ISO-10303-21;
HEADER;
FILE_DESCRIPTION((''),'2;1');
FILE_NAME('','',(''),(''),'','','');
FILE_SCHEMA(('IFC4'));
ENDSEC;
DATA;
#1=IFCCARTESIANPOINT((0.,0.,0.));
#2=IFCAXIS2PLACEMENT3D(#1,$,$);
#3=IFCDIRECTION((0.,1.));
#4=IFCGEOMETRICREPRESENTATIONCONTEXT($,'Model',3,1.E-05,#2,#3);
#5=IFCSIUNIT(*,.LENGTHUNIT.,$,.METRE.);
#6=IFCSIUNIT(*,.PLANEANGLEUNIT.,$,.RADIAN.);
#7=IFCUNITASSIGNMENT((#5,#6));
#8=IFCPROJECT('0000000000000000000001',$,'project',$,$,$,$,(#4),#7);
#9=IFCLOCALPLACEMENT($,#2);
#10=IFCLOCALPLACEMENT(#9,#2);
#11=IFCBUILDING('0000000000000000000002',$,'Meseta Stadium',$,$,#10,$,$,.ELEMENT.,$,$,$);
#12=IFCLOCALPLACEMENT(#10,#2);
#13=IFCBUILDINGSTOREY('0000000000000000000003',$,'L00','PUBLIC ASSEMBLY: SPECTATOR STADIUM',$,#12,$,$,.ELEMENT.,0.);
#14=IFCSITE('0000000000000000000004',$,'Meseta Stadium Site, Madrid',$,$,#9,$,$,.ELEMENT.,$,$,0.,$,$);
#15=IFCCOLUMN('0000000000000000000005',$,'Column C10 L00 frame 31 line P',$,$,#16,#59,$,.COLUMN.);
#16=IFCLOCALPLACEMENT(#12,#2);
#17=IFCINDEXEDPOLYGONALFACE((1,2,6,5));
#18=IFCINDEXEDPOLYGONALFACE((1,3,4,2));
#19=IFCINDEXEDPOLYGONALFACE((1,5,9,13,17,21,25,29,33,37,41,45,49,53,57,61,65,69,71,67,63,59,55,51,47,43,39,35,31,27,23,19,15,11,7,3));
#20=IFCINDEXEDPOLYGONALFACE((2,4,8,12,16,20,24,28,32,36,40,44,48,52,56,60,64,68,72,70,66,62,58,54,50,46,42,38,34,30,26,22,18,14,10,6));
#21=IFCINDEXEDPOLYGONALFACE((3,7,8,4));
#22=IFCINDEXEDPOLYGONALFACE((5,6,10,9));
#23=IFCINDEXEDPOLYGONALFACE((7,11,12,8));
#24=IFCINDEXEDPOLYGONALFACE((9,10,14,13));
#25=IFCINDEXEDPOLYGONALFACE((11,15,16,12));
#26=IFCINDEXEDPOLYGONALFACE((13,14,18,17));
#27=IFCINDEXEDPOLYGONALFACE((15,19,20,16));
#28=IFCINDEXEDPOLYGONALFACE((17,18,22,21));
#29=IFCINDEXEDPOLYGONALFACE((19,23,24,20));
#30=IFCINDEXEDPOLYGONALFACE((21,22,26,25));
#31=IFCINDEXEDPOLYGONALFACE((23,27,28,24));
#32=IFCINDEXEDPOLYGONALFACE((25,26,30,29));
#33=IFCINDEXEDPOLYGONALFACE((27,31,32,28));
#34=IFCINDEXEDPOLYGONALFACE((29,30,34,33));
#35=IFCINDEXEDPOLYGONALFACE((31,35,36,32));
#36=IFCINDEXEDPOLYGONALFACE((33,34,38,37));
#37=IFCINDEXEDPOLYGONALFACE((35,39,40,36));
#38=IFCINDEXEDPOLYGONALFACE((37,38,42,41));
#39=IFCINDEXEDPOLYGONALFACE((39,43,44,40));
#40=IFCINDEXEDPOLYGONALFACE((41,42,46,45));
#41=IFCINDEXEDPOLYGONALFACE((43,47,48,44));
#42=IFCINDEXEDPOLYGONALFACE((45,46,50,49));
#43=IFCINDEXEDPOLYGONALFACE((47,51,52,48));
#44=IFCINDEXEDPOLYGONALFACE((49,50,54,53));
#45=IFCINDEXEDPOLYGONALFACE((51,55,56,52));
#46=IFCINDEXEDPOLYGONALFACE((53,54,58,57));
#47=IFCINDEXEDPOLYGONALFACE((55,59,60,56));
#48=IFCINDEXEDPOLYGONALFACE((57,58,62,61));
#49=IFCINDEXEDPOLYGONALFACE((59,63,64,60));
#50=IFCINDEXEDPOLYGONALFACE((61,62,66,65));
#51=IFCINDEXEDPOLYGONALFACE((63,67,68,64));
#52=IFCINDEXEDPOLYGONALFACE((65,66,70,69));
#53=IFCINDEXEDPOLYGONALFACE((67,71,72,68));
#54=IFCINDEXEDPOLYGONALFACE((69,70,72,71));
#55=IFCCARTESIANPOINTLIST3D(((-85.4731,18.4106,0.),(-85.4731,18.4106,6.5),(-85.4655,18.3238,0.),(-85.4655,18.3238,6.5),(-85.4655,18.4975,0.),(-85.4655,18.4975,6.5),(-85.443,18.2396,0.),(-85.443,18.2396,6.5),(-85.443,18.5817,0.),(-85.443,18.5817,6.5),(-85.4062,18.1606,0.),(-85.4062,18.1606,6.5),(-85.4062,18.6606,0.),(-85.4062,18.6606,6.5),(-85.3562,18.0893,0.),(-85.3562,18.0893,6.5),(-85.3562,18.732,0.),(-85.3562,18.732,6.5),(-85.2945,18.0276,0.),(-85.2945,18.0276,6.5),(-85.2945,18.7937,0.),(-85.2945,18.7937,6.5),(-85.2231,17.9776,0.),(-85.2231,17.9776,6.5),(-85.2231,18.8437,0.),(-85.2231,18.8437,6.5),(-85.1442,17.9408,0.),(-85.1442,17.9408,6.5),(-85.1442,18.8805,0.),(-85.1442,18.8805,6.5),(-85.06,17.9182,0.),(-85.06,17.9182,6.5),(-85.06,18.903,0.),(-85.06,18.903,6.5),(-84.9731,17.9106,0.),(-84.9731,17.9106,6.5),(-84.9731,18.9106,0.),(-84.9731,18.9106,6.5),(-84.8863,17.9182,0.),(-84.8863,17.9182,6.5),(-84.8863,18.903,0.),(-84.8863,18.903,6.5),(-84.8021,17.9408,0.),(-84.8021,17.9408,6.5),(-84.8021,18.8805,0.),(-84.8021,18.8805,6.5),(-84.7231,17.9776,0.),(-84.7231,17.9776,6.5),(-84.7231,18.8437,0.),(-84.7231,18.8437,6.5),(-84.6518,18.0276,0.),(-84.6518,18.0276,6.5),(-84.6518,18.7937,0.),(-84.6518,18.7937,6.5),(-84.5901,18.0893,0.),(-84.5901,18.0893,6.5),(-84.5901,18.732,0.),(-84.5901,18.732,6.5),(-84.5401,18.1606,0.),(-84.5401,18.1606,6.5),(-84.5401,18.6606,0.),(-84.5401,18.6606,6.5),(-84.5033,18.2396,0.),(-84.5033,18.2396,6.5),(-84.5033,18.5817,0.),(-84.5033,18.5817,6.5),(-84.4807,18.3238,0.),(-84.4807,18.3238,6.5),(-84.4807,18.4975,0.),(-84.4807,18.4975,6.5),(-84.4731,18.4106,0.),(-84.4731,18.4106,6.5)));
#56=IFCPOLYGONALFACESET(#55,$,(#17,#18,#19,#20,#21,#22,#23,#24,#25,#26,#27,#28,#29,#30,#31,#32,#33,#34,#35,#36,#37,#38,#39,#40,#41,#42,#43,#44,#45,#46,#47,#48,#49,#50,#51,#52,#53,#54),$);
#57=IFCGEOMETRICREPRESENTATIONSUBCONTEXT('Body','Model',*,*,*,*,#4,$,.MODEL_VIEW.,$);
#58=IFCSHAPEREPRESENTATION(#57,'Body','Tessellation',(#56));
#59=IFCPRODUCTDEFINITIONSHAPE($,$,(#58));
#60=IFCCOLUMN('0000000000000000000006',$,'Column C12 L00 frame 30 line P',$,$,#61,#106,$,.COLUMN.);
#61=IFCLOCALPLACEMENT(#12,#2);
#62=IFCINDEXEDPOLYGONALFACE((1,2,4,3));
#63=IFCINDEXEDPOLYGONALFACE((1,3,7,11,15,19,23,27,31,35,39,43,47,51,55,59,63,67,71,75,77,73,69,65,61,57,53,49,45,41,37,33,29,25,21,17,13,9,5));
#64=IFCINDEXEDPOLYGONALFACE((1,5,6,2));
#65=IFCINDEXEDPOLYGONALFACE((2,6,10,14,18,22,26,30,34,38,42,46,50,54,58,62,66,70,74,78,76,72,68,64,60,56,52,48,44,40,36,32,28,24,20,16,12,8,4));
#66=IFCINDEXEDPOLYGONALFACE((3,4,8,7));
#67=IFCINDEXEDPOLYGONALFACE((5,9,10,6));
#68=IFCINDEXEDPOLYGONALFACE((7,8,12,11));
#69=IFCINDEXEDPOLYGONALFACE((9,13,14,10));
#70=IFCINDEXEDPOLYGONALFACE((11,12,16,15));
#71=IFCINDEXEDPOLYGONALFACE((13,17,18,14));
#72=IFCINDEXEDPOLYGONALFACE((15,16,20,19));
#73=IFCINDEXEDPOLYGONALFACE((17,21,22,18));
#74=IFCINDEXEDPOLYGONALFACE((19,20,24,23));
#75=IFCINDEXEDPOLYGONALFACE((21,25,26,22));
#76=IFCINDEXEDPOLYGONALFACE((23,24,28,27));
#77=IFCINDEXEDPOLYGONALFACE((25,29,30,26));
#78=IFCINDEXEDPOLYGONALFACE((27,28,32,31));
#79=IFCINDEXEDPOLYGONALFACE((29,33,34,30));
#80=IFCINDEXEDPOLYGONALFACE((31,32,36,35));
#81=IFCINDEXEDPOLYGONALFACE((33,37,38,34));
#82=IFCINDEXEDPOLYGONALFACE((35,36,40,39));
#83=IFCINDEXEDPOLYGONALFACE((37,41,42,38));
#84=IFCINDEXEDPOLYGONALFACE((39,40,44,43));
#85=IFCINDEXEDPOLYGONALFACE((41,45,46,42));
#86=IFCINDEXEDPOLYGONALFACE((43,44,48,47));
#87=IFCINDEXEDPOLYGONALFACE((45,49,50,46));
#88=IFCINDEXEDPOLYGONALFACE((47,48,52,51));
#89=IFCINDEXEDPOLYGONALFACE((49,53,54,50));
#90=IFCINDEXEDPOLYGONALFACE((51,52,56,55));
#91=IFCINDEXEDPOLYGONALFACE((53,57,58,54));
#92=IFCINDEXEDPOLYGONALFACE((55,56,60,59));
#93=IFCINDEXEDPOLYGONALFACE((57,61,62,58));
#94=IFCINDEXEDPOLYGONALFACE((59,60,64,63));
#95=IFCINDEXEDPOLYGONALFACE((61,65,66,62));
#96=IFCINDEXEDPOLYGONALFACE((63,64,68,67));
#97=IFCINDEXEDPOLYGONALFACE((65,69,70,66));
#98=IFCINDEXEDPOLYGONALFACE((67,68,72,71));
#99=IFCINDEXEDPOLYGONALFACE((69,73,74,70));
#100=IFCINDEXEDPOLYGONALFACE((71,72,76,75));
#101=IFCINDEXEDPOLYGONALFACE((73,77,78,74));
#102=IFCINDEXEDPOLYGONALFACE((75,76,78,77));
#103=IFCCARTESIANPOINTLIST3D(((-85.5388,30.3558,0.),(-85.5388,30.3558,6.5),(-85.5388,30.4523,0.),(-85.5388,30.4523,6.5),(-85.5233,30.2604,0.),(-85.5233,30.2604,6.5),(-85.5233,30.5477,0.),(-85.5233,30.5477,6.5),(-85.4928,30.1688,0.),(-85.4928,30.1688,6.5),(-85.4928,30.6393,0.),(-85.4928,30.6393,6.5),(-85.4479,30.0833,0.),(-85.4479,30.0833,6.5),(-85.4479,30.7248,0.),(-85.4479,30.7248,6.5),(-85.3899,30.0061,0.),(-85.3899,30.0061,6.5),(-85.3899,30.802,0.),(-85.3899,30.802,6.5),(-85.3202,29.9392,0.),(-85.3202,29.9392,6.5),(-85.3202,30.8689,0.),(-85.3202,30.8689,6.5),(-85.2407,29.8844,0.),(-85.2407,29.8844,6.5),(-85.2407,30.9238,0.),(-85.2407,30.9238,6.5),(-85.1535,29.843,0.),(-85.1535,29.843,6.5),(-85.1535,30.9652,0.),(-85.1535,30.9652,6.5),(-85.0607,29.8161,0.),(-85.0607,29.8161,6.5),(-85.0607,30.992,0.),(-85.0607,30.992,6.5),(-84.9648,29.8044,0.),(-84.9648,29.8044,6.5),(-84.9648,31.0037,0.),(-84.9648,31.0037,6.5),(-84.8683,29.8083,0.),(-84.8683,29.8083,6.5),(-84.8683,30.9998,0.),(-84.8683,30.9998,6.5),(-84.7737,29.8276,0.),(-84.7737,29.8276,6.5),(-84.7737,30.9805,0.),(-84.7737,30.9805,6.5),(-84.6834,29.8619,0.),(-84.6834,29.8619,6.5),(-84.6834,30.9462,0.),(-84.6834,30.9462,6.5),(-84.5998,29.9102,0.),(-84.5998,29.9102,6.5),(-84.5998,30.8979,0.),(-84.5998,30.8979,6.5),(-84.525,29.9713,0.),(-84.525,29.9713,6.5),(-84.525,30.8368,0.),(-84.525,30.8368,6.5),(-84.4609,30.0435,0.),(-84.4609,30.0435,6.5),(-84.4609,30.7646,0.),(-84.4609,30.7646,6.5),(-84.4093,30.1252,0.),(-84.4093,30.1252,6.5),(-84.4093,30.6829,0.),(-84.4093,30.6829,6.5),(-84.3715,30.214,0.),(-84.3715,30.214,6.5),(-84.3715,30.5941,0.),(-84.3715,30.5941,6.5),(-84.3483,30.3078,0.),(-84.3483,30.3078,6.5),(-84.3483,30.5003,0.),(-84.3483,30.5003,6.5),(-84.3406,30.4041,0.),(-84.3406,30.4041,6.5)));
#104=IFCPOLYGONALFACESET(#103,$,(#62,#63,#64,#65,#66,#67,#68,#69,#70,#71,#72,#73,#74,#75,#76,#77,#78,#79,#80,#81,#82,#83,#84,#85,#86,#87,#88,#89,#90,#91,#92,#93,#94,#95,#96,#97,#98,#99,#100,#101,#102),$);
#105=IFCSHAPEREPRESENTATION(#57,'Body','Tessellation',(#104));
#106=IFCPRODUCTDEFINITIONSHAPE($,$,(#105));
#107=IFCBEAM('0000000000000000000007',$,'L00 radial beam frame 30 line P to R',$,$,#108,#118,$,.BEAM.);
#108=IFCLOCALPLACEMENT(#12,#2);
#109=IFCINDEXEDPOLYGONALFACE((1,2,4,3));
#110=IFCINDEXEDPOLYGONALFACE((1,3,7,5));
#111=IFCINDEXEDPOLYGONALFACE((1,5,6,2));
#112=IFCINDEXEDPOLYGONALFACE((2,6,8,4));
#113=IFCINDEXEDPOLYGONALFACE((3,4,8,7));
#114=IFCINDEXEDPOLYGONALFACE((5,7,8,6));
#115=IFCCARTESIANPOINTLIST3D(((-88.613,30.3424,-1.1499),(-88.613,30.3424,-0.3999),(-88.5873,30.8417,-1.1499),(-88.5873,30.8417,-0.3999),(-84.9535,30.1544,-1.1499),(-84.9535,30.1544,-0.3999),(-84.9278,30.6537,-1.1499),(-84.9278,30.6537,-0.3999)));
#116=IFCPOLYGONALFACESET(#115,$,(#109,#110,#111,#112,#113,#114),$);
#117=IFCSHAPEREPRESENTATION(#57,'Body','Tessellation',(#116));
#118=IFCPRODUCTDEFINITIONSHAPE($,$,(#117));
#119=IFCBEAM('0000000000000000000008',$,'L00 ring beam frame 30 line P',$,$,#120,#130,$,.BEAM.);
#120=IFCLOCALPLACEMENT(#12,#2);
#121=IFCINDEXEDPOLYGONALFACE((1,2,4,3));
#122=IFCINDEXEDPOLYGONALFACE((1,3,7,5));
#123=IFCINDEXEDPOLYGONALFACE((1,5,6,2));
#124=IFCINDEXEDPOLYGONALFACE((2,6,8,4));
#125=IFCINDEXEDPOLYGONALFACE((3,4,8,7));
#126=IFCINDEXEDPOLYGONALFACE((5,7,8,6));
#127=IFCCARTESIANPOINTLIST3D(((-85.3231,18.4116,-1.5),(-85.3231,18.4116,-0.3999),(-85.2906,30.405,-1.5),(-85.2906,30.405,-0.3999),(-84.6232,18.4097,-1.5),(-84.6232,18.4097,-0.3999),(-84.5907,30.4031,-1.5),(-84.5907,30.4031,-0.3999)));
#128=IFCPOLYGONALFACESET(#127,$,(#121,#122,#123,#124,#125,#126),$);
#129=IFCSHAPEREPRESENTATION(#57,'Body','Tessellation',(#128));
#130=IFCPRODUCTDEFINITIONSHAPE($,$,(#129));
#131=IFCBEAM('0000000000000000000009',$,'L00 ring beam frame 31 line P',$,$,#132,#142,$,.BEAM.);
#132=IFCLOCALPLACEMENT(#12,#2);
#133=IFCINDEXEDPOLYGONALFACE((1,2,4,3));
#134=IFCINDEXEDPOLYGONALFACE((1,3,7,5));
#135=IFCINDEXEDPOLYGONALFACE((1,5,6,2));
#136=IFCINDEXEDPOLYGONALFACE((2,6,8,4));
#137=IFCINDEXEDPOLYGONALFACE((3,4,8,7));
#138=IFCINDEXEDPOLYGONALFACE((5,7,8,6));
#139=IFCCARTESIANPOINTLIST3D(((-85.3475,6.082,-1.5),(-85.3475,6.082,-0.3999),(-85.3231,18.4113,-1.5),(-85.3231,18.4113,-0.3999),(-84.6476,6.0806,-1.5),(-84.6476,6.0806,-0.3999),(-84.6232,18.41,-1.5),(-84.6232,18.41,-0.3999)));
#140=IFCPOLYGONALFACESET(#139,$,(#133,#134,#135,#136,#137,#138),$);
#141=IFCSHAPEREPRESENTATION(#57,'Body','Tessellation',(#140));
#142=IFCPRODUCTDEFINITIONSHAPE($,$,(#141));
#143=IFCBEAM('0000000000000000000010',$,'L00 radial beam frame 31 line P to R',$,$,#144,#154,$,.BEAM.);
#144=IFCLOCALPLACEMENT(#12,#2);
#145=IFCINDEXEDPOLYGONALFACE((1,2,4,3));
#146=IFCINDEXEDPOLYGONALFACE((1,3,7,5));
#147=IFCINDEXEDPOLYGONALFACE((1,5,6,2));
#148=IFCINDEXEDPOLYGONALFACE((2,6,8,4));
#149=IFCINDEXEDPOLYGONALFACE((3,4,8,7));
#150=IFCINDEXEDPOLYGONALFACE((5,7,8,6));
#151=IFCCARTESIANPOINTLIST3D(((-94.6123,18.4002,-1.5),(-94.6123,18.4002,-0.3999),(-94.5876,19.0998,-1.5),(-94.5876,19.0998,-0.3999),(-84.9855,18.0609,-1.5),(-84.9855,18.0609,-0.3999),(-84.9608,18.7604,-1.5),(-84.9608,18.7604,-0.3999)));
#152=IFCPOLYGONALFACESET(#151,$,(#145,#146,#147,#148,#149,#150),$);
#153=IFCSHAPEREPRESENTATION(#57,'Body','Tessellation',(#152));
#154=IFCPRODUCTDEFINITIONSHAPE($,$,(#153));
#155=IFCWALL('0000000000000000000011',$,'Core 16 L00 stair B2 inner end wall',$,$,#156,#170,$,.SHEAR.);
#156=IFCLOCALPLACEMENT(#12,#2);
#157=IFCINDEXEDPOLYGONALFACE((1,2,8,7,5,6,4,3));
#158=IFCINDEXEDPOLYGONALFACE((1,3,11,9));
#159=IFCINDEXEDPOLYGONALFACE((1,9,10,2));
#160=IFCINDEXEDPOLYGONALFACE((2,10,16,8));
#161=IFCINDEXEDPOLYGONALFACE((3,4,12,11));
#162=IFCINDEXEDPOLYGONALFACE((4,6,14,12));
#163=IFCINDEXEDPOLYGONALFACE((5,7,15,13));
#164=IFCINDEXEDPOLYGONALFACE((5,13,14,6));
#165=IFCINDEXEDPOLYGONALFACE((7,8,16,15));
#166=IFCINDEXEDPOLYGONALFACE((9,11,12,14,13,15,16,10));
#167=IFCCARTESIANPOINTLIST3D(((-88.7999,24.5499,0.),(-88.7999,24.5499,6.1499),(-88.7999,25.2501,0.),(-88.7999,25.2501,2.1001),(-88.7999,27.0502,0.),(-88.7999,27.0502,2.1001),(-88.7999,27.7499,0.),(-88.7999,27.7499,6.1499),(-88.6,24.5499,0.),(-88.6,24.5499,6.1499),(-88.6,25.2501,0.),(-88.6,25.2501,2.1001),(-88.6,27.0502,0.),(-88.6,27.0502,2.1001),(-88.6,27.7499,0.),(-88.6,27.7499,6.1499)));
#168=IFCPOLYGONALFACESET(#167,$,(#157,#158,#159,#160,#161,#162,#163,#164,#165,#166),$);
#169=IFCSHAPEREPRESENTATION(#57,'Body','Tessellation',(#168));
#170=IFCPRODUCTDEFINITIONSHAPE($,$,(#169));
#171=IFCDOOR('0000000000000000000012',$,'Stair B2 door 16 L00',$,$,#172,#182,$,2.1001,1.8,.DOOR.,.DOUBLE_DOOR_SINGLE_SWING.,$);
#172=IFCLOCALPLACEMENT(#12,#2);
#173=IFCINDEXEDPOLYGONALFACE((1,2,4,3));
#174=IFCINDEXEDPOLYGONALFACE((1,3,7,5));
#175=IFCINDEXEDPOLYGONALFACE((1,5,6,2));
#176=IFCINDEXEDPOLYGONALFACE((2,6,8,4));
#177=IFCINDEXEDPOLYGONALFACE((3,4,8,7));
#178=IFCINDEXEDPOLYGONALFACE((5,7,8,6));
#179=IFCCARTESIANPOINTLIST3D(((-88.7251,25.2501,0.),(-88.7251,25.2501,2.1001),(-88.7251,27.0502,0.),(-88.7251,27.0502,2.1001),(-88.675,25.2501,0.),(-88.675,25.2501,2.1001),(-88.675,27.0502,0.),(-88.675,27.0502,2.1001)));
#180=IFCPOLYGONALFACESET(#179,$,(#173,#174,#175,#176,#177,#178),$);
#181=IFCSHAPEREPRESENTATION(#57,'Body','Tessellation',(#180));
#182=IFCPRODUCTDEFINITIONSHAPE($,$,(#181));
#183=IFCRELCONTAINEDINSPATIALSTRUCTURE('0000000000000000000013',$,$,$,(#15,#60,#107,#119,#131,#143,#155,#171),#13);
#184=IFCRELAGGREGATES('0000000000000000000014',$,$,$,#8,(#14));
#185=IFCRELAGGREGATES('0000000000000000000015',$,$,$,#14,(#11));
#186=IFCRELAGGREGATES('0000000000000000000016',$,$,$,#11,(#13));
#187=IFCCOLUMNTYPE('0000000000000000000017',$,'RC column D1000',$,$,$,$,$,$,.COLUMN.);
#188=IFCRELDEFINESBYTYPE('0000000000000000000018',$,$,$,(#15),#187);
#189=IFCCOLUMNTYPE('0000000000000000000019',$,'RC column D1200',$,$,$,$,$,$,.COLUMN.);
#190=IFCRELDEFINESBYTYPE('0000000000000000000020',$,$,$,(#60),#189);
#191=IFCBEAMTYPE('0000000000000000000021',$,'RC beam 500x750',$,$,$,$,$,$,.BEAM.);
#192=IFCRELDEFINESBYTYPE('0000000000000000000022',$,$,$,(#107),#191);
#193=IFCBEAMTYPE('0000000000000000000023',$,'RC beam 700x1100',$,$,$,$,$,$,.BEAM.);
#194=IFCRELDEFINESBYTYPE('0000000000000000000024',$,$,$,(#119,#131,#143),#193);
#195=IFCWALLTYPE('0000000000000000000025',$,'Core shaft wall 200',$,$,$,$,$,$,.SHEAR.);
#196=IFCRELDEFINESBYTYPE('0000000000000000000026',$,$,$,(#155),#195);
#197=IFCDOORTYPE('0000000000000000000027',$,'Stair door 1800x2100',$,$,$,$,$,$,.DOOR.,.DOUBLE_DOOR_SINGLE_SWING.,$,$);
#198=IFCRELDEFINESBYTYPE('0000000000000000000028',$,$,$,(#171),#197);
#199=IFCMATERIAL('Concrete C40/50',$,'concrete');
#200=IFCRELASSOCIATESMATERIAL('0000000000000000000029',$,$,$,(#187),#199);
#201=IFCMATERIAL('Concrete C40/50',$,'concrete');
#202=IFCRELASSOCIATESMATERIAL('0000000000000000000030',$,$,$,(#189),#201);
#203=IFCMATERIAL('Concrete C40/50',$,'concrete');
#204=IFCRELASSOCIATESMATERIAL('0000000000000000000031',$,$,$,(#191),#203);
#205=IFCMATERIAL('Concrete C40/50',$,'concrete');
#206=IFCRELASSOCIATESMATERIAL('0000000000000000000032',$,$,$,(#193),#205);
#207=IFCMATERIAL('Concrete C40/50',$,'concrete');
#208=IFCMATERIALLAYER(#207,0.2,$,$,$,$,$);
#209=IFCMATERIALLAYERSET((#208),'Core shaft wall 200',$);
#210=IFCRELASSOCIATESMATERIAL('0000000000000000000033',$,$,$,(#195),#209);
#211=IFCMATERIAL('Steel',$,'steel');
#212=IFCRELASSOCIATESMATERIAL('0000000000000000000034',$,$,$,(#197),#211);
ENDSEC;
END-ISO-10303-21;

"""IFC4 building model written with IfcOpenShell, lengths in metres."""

from ifc_helpers import new_model, si_unit, direction, frame, frame_2d, origin, origin_2d, place, context, subcontext, project, spatial, rectangle, circle, extrude, material, layer, layer_set, material_profile, profile_set, type_object, element, fill, save


model = new_model("IFC4")

# Units and contexts
model_context = context("Model", 3, precision=1e-05, world=origin(), true_north=direction((0.0, 1.0)))
body_context = subcontext(model_context, "Body", "Model", "MODEL_VIEW")
ifc_project = project(units=[si_unit("LENGTHUNIT", "METRE"), si_unit("PLANEANGLEUNIT", "RADIAN")], contexts=[model_context])

# Site, building, storey
site_placement = place(None, origin())
site = spatial("IfcSite", under=ifc_project, at=site_placement, Name="Meseta Stadium Site, Madrid", CompositionType="ELEMENT", RefElevation=0.0)
building_placement = place(site_placement, origin())
building = spatial("IfcBuilding", under=site, at=building_placement, Name="Meseta Stadium", CompositionType="ELEMENT")
storey_placement = place(building_placement, origin())
storey = spatial("IfcBuildingStorey", under=building, at=storey_placement, Name="L00", Description="PUBLIC ASSEMBLY: SPECTATOR STADIUM", CompositionType="ELEMENT", Elevation=0.0)

# Columns
ifc_material_1 = material(Name="Concrete C40/50", Category="concrete")
ifc_material_profile_1 = material_profile(ifc_material_1, circle(Radius=0.5, at=origin_2d()), Name="RC D1000")
ifc_profile_set_1 = profile_set([ifc_material_profile_1], Name="Concrete C40/50")
column_type_1 = type_object("IfcColumnType", Name="RC column D1000", PredefinedType="COLUMN", material=ifc_profile_set_1)
column_1_placement = place(storey_placement, frame((-84.9731, 18.4106, 0.0), z_axis=(0.0, 0.0, 1.0), x_axis=(1.0, 0.0, 0.0)))
element("IfcColumn", 1, at=column_1_placement, inside=storey, type_object=column_type_1, Name="Column C10 L00 frame 31 line P", PredefinedType="COLUMN", context=body_context, shape_type="SweptSolid", body=[
    extrude(circle(Radius=0.5, at=origin_2d()), origin(), (0.0, 0.0, 1.0), 6.5),
])
ifc_material_2 = material(Name="Concrete C40/50", Category="concrete")
ifc_material_profile_2 = material_profile(ifc_material_2, circle(Radius=0.6001, at=origin_2d()), Name="RC D1200")
ifc_profile_set_2 = profile_set([ifc_material_profile_2], Name="Concrete C40/50")
column_type_2 = type_object("IfcColumnType", Name="RC column D1200", PredefinedType="COLUMN", material=ifc_profile_set_2)
column_2_placement = place(storey_placement, frame((-84.9407, 30.4041, 0.0), z_axis=(0.0, 0.0, 1.0), x_axis=(1.0, 0.0, 0.0)))
element("IfcColumn", 2, at=column_2_placement, inside=storey, type_object=column_type_2, Name="Column C12 L00 frame 30 line P", PredefinedType="COLUMN", context=body_context, shape_type="SweptSolid", body=[
    extrude(circle(Radius=0.6001, at=origin_2d()), origin(), (0.0, 0.0, 1.0), 6.5),
])

# Beams
ifc_material_3 = material(Name="Concrete C40/50", Category="concrete")
ifc_material_profile_3 = material_profile(ifc_material_3, rectangle(XDim=0.5, YDim=0.75, at=origin_2d()), Name="RC 500x750")
ifc_profile_set_3 = profile_set([ifc_material_profile_3], Name="Concrete C40/50")
beam_type_1 = type_object("IfcBeamType", Name="RC beam 500x750", PredefinedType="BEAM", material=ifc_profile_set_3)
beam_1_placement = place(storey_placement, frame((-84.9407, 30.4041, -0.7749), z_axis=(-0.998683, 0.051303, 0.0), x_axis=(-0.051303, -0.998683, 0.0)))
element("IfcBeam", 3, at=beam_1_placement, inside=storey, type_object=beam_type_1, Name="L00 radial beam frame 30 line P to R", PredefinedType="BEAM", context=body_context, shape_type="SweptSolid", body=[
    extrude(rectangle(XDim=0.5, YDim=0.75, at=origin_2d()), origin(), (0.0, 0.0, 1.0), 3.6643),
])
ifc_material_4 = material(Name="Concrete C40/50", Category="concrete")
ifc_material_profile_4 = material_profile(ifc_material_4, rectangle(XDim=0.7, YDim=1.1001, at=origin_2d()), Name="RC 700x1100")
ifc_profile_set_4 = profile_set([ifc_material_profile_4], Name="Concrete C40/50")
beam_type_2 = type_object("IfcBeamType", Name="RC beam 700x1100", PredefinedType="BEAM", material=ifc_profile_set_4)
beam_2_placement = place(storey_placement, frame((-84.9407, 30.4041, -0.95), z_axis=(-0.002707, -0.999996, 0.0), x_axis=(0.999996, -0.002707, 0.0)))
element("IfcBeam", 4, at=beam_2_placement, inside=storey, type_object=beam_type_2, Name="L00 ring beam frame 30 line P", PredefinedType="BEAM", context=body_context, shape_type="SweptSolid", body=[
    extrude(rectangle(XDim=0.7, YDim=1.1001, at=origin_2d()), origin(), (0.0, 0.0, 1.0), 11.9934),
])
beam_3_placement = place(storey_placement, frame((-84.9731, 18.4106, -0.95), z_axis=(-0.00198, -0.999998, 0.0), x_axis=(0.999998, -0.00198, 0.0)))
element("IfcBeam", 5, at=beam_3_placement, inside=storey, type_object=beam_type_2, Name="L00 ring beam frame 31 line P", PredefinedType="BEAM", context=body_context, shape_type="SweptSolid", body=[
    extrude(rectangle(XDim=0.7, YDim=1.1001, at=origin_2d()), origin(), (0.0, 0.0, 1.0), 12.3293),
])
beam_4_placement = place(storey_placement, frame((-84.9731, 18.4106, -0.95), z_axis=(-0.999379, 0.035229, 0.0), x_axis=(-0.035229, -0.999379, 0.0)))
element("IfcBeam", 6, at=beam_4_placement, inside=storey, type_object=beam_type_2, Name="L00 radial beam frame 31 line P to R", PredefinedType="BEAM", context=body_context, shape_type="SweptSolid", body=[
    extrude(rectangle(XDim=0.7, YDim=1.1001, at=origin_2d()), origin(), (0.0, 0.0, 1.0), 9.6328),
])

# Wall, opening, door
ifc_material_5 = material(Name="Concrete C40/50", Category="concrete")
ifc_layer_1 = layer(ifc_material_5, 0.2)
ifc_layer_set_1 = layer_set([ifc_layer_1], Name="Core shaft wall 200")
wall_type_1 = type_object("IfcWallType", Name="Core shaft wall 200", PredefinedType="SHEAR", material=ifc_layer_set_1)
wall_1_placement = place(storey_placement, frame((-88.7, 27.75, 0.0), z_axis=(0.0, 0.0, 1.0), x_axis=(0.0, -1.0, 0.0)))
wall_1 = element("IfcWall", 7, at=wall_1_placement, inside=storey, type_object=wall_type_1, Name="Core 16 L00 stair B2 inner end wall", PredefinedType="SHEAR", context=body_context, shape_type="SweptSolid", body=[
    extrude(rectangle(XDim=3.2, YDim=0.2, at=frame_2d((1.6001, 0.0))), origin(), (0.0, 0.0, 1.0), 6.1499),
])
opening_1_placement = place(wall_1_placement, frame((0.7, 0.0, 0.0)))
opening_1 = element("IfcOpeningElement", 8, at=opening_1_placement, cuts=wall_1, PredefinedType="OPENING", context=body_context, shape_type="SweptSolid", body=[
    extrude(rectangle(XDim=1.8, YDim=2.1001, at=frame_2d((0.8999, 1.05))), frame((0.0, 0.1099, 0.0), z_axis=(0.0, -1.0, 0.0), x_axis=(1.0, 0.0, 0.0)), (0.0, 0.0, 1.0), 0.22),
])
ifc_material_6 = material(Name="Steel", Category="steel")
door_type_1 = type_object("IfcDoorType", Name="Stair door 1800x2100", OperationType="DOUBLE_DOOR_SINGLE_SWING", PredefinedType="DOOR", material=ifc_material_6)
door_1_placement = place(opening_1_placement, origin())
door_1 = element("IfcDoor", 9, at=door_1_placement, inside=storey, type_object=door_type_1, Name="Stair B2 door 16 L00", OperationType="DOUBLE_DOOR_SINGLE_SWING", OverallHeight=2.1001, OverallWidth=1.8, PredefinedType="DOOR", context=body_context, shape_type="SweptSolid", body=[
    extrude(rectangle(XDim=1.8, YDim=2.1001, at=frame_2d((0.8999, 1.05))), frame((0.0, 0.0249, 0.0), z_axis=(0.0, -1.0, 0.0), x_axis=(1.0, 0.0, 0.0)), (0.0, 0.0, 1.0), 0.05),
])
fill(opening_1, door_1)

save(model, "model.ifc")
